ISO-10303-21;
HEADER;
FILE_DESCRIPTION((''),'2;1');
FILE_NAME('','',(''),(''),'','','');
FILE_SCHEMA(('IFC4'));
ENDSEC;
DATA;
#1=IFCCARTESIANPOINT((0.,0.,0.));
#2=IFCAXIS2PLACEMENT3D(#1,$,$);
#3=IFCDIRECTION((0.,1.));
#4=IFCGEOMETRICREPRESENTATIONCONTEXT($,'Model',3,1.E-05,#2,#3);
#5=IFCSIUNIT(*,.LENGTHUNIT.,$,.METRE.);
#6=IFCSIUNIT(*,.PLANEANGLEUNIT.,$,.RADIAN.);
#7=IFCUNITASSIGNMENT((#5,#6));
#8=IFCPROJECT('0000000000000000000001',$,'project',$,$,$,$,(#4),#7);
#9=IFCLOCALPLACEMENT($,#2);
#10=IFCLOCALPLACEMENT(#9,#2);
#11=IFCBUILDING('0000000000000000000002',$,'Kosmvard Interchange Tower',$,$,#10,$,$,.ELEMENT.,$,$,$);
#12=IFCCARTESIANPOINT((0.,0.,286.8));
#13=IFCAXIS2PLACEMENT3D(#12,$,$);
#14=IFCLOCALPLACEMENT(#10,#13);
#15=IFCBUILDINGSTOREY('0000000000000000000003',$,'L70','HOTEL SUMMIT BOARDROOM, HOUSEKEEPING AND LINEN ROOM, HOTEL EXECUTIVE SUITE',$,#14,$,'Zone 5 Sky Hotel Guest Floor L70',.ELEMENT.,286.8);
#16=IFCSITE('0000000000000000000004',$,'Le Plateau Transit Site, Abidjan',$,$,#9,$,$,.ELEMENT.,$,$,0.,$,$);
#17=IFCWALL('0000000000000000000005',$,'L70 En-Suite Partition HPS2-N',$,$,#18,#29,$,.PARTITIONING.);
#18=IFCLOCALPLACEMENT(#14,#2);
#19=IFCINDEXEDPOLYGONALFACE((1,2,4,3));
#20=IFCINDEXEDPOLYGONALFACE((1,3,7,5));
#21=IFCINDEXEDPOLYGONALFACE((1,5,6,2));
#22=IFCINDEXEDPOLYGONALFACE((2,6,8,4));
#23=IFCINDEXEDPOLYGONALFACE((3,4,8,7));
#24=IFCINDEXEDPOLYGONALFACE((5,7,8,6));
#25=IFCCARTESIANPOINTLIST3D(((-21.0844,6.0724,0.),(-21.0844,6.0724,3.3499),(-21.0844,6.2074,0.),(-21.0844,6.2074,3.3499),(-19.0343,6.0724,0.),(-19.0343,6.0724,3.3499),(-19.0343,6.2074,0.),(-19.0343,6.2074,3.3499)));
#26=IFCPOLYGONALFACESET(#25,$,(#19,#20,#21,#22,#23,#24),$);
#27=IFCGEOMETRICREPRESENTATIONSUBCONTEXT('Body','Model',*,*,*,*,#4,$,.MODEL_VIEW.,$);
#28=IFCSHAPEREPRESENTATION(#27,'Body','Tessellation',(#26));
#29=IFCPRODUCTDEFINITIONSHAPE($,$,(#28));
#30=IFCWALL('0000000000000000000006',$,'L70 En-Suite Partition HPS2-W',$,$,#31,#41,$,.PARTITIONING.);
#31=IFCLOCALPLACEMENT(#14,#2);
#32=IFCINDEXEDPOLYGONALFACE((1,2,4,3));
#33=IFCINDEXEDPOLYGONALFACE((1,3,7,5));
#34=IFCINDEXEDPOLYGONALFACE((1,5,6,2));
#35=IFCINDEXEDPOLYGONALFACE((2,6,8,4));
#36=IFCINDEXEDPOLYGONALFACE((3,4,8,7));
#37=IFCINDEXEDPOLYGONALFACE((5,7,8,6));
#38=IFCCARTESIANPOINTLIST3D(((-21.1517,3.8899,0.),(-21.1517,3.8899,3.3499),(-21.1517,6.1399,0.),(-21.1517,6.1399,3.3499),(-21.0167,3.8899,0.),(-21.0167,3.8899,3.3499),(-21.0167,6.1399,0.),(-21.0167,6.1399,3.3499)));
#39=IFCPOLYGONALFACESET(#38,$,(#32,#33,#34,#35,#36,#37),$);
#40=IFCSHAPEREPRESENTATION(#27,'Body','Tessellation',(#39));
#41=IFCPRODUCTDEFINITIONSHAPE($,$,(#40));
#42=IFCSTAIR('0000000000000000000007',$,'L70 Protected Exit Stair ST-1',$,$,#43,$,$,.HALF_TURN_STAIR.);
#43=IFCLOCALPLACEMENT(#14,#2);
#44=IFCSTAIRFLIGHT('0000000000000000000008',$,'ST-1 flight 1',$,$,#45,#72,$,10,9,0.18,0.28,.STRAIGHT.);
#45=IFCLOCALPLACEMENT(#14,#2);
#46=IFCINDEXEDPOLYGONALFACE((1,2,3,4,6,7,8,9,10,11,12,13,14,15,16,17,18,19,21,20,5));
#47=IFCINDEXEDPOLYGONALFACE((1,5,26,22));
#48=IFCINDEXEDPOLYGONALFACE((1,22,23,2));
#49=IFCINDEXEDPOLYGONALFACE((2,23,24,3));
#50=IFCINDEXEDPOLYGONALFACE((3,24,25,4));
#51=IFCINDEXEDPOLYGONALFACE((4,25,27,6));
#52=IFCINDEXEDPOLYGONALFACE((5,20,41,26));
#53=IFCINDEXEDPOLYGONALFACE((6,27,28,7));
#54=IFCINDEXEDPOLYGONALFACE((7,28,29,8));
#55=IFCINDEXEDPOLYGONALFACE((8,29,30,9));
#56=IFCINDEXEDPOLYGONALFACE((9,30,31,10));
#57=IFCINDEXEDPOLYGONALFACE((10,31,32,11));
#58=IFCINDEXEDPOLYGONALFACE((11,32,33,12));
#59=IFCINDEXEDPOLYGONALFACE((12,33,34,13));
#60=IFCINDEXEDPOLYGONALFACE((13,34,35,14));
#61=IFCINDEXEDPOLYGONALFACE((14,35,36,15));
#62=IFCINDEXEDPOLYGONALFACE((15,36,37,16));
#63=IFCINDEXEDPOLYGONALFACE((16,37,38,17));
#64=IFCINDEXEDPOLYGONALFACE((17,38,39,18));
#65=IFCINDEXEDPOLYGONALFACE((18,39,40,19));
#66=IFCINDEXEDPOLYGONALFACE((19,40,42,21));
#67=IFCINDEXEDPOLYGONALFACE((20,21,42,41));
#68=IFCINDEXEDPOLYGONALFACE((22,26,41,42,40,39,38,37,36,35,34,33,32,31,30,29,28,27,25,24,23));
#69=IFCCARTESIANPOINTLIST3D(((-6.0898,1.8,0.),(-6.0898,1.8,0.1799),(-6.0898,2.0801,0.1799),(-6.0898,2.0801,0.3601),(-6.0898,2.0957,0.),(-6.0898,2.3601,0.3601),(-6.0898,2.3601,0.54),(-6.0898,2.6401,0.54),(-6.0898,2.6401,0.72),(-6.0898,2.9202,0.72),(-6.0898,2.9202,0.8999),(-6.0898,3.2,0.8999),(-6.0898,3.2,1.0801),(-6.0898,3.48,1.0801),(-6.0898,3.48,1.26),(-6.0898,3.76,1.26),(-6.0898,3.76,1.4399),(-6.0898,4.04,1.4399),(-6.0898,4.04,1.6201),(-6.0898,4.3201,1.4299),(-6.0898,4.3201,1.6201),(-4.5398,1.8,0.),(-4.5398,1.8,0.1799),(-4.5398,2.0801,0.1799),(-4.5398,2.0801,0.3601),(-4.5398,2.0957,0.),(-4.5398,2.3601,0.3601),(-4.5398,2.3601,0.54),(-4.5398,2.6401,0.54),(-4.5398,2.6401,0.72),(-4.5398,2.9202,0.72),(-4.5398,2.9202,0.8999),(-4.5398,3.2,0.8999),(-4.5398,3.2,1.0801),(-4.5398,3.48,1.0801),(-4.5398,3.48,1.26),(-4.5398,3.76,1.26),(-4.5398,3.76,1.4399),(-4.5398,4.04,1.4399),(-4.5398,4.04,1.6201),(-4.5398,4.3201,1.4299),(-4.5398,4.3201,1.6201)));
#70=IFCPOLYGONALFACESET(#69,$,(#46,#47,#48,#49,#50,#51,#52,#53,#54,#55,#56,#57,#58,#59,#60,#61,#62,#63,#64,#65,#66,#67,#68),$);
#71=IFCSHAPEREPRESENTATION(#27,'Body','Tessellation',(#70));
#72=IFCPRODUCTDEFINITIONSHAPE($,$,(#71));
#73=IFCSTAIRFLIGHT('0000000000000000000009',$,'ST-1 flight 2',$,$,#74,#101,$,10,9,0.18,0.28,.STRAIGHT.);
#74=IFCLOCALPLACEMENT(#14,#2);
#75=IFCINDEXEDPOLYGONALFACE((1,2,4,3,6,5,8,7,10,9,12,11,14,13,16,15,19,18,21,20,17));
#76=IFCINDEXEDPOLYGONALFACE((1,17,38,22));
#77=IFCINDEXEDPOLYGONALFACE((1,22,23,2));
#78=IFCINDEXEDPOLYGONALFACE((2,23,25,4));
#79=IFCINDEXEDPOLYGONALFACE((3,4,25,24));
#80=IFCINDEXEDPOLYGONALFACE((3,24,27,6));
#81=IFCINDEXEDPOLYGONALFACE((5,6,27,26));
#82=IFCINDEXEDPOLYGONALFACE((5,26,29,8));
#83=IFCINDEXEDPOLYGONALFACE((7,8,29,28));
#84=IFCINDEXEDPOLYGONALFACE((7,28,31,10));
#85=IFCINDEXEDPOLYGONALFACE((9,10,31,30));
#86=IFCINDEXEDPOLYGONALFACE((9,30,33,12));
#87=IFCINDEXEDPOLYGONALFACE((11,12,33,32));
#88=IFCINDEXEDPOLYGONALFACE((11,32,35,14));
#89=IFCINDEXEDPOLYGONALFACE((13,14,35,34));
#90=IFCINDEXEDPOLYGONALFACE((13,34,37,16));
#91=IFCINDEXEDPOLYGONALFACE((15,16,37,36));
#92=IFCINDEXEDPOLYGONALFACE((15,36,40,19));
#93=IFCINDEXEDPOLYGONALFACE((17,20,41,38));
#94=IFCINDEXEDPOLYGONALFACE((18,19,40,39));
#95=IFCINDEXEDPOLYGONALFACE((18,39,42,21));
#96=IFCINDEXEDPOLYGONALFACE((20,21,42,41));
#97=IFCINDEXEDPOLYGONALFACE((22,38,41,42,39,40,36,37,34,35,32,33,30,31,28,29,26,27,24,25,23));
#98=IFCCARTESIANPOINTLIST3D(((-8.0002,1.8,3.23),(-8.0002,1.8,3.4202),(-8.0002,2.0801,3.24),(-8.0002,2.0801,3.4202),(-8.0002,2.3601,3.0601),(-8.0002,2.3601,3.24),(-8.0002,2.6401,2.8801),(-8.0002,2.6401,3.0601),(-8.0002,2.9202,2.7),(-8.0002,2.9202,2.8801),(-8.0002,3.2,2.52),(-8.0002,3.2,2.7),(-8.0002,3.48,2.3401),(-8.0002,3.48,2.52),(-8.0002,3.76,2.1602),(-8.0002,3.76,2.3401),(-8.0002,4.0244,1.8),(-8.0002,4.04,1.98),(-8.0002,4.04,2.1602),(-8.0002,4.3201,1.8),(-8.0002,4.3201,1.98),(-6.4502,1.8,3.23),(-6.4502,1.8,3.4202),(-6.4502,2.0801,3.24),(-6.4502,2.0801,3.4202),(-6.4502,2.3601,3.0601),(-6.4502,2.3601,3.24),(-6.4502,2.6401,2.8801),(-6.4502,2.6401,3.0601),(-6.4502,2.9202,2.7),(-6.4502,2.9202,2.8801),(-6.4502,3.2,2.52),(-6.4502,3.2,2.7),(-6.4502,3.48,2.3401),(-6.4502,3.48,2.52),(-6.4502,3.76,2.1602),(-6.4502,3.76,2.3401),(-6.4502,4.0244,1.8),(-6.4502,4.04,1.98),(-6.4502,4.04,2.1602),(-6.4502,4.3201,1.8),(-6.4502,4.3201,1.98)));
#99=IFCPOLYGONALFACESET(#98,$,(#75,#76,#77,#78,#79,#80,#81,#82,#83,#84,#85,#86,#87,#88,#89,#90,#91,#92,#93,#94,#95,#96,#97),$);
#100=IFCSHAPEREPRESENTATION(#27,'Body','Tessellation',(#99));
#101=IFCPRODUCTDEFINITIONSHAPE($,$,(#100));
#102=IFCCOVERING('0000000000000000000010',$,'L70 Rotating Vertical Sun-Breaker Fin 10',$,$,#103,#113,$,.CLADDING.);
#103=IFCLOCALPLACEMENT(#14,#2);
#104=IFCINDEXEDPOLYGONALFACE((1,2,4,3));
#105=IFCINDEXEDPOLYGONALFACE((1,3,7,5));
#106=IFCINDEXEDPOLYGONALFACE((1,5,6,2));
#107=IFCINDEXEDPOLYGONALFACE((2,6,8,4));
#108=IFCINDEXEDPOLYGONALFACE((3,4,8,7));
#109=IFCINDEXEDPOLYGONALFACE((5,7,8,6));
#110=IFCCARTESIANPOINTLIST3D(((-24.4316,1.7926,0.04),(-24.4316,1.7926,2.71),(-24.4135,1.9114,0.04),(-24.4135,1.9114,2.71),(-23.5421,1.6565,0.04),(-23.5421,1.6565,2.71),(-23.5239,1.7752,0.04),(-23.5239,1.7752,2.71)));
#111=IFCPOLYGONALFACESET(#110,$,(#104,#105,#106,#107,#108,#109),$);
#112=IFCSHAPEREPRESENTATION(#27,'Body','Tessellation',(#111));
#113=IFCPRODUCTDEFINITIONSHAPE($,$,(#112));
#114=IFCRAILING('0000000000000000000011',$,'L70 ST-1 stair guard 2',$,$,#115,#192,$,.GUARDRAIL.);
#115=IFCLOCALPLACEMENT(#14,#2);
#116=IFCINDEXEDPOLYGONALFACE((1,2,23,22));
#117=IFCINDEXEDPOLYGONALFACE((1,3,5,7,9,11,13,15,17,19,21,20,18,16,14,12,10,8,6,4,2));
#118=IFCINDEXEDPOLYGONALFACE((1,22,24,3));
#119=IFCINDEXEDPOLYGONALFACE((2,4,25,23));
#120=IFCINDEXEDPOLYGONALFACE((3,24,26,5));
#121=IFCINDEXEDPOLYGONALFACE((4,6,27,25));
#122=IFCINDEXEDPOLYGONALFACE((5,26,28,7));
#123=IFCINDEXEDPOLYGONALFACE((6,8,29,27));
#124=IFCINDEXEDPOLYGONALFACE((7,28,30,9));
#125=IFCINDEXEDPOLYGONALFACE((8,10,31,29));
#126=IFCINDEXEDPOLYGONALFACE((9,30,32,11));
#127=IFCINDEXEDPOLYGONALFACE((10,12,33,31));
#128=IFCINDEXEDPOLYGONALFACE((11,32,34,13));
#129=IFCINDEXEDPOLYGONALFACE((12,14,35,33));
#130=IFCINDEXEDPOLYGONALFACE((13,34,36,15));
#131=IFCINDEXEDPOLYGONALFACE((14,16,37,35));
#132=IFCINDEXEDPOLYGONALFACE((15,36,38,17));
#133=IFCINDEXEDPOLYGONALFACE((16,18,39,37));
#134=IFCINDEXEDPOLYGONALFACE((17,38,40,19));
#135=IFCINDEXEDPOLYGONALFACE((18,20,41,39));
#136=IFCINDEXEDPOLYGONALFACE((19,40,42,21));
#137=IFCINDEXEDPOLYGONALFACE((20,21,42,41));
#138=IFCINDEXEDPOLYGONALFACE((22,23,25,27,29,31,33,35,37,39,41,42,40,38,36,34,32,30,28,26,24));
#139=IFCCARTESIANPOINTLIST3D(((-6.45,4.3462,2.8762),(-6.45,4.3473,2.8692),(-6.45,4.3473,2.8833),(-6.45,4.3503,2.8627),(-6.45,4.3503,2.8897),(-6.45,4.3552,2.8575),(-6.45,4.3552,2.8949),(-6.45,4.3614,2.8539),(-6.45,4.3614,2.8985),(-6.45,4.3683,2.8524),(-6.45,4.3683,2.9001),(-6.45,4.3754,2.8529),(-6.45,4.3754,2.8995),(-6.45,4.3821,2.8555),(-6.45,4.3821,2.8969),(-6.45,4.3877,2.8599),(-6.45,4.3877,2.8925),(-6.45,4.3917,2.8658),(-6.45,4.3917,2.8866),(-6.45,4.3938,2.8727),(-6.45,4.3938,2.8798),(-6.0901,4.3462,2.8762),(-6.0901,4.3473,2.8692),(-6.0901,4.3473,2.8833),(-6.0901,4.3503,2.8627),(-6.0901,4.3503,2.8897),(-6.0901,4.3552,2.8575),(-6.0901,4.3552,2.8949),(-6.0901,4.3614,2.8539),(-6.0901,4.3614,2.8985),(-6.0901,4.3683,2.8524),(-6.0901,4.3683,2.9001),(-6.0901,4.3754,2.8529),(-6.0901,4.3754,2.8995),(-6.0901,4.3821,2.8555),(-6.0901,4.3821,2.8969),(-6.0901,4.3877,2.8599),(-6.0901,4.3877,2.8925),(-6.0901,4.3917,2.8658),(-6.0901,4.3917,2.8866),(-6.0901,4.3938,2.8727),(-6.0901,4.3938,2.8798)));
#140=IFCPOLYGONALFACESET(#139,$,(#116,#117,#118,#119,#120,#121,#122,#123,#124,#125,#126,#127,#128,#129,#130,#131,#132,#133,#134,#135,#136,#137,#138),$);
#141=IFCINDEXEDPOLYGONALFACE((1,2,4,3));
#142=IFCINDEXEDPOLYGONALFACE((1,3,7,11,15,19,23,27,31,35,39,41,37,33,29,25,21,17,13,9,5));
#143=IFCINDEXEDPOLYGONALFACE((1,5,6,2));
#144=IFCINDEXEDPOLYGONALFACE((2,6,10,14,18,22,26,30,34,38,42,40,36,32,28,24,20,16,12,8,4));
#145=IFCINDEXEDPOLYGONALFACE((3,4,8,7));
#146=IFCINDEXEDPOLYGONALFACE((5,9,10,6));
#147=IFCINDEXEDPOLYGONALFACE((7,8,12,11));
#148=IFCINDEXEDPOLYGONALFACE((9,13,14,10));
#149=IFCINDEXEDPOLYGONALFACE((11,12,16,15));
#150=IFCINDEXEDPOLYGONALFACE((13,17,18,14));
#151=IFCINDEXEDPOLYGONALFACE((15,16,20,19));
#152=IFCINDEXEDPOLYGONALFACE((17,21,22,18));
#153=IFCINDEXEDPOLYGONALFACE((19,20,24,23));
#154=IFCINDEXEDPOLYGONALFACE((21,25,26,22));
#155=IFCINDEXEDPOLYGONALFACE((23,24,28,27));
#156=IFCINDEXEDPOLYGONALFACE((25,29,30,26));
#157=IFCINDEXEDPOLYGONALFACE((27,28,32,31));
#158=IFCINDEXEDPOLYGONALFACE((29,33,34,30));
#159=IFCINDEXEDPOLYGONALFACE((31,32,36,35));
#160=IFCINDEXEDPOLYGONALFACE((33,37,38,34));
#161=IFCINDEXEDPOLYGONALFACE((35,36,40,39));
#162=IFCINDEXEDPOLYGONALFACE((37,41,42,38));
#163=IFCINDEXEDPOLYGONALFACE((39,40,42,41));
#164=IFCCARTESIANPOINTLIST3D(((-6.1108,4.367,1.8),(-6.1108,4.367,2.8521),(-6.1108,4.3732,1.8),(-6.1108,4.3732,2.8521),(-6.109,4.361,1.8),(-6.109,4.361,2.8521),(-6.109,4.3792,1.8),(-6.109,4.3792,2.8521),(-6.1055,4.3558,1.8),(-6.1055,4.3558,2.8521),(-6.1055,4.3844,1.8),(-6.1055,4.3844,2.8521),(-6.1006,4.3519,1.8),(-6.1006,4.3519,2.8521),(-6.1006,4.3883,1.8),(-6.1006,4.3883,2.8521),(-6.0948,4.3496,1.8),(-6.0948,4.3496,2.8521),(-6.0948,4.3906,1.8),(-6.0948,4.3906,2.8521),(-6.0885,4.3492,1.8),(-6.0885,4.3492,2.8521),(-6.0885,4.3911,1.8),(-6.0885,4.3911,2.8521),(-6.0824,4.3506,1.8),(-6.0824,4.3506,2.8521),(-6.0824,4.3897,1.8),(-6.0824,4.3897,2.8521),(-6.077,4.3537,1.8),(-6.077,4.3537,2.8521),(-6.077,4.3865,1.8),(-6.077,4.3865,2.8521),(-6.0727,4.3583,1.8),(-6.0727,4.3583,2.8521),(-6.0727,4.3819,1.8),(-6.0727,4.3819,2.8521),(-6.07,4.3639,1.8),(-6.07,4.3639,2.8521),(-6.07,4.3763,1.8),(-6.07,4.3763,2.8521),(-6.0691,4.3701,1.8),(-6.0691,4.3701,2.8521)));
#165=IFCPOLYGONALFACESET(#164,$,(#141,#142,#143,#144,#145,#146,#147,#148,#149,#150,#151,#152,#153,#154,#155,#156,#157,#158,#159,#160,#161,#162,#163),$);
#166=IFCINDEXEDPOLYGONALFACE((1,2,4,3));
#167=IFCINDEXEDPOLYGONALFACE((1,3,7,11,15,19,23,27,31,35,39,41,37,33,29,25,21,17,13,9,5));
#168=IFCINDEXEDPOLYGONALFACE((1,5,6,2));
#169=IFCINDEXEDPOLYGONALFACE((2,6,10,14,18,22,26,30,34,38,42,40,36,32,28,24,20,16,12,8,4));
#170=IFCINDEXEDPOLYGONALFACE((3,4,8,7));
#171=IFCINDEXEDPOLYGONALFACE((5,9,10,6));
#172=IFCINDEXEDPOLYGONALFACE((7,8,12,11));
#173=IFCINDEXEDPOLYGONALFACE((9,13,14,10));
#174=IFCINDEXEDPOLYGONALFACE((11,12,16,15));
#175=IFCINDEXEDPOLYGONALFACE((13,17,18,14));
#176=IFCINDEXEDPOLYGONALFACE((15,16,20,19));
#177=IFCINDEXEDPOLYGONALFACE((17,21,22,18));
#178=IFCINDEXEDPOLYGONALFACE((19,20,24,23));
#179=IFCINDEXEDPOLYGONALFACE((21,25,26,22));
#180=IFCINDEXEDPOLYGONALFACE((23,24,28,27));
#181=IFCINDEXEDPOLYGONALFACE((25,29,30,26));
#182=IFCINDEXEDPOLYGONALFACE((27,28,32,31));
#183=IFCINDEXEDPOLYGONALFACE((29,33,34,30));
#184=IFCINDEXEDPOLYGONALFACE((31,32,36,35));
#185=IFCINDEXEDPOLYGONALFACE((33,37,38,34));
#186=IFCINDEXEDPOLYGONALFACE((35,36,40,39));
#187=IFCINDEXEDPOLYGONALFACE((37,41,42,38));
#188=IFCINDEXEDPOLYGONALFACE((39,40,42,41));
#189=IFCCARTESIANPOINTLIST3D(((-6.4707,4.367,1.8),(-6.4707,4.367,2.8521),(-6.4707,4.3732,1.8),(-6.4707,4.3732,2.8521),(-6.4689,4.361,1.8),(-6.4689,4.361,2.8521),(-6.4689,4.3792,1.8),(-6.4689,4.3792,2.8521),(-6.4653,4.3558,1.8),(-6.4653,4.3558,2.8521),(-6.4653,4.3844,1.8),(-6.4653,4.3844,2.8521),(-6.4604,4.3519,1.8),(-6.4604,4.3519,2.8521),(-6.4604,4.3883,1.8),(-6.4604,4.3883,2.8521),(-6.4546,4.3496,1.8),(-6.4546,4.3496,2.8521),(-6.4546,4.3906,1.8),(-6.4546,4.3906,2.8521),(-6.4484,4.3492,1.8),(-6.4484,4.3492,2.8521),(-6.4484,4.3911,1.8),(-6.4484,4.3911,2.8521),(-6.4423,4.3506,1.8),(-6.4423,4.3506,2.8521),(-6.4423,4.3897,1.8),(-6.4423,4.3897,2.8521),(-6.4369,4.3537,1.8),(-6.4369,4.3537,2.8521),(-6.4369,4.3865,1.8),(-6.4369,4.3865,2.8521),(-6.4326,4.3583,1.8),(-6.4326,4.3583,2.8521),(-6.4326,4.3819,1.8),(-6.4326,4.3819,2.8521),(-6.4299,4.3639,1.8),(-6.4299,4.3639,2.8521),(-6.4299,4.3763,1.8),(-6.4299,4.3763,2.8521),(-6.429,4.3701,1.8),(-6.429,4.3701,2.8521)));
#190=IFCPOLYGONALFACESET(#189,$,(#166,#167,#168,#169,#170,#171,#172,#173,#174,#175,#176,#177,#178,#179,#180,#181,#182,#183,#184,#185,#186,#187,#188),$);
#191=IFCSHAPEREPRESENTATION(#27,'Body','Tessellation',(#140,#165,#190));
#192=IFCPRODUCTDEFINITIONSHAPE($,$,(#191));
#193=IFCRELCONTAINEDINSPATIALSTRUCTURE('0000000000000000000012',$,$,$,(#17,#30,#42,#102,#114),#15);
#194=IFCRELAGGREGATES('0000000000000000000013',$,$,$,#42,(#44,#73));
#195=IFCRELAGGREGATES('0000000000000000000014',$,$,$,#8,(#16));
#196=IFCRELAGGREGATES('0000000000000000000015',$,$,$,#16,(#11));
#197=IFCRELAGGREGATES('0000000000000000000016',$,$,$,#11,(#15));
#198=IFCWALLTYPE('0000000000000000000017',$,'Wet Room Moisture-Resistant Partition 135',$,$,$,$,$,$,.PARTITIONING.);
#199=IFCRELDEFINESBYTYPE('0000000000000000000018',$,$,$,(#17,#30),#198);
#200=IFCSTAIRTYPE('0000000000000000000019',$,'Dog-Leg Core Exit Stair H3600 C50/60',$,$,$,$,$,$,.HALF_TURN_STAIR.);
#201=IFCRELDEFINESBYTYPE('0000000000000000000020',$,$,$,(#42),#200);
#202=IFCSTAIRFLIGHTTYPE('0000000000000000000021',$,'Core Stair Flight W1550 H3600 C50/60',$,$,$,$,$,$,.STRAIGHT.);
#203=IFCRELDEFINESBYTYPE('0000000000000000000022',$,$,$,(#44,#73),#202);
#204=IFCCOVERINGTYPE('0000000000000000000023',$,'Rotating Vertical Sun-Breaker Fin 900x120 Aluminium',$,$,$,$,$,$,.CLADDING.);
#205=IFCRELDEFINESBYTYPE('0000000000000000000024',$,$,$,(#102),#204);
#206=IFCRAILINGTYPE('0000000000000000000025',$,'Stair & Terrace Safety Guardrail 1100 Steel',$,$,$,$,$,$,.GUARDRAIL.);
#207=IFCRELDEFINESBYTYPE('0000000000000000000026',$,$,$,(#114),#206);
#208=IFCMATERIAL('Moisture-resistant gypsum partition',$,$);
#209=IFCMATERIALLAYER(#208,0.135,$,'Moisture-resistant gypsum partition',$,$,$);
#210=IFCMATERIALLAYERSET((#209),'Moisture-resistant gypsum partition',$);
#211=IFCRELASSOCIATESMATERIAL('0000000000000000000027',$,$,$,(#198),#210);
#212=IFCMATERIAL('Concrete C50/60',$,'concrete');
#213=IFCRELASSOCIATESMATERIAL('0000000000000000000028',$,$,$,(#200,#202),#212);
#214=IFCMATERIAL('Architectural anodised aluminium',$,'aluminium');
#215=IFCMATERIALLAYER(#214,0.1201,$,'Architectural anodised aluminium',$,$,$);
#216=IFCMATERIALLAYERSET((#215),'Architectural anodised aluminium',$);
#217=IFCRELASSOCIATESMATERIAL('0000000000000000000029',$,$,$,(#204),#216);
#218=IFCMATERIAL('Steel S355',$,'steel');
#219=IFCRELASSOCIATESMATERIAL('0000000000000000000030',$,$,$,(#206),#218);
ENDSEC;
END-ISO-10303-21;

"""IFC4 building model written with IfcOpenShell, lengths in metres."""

from ifc_helpers import new_model, si_unit, direction, frame, frame_2d, origin, origin_2d, place, context, subcontext, project, spatial, polyline, rectangle, circle, outline, extrude, source, transform, mapped, material, layer, layer_set, type_object, element, aggregate, save


model = new_model("IFC4")

# Units and contexts
model_context = context("Model", 3, precision=1e-05, world=origin(), true_north=direction((0.0, 1.0)))
body_context = subcontext(model_context, "Body", "Model", "MODEL_VIEW")
ifc_project = project(units=[si_unit("LENGTHUNIT", "METRE"), si_unit("PLANEANGLEUNIT", "RADIAN")], contexts=[model_context])

# Site, building, storey
site_placement = place(None, origin())
site = spatial("IfcSite", under=ifc_project, at=site_placement, Name="Le Plateau Transit Site, Abidjan", CompositionType="ELEMENT", RefElevation=0.0)
building_placement = place(site_placement, origin())
building = spatial("IfcBuilding", under=site, at=building_placement, Name="Kosmvard Interchange Tower", CompositionType="ELEMENT")
storey_placement = place(building_placement, frame((0.0, 0.0, 286.8)))
storey = spatial("IfcBuildingStorey", under=building, at=storey_placement, Name="L70", Description="HOTEL SUMMIT BOARDROOM, HOUSEKEEPING AND LINEN ROOM, HOTEL EXECUTIVE SUITE", LongName="Zone 5 Sky Hotel Guest Floor L70", CompositionType="ELEMENT", Elevation=286.8)

# Shared definitions
ifc_material_1 = material(Name="Concrete C50/60", Category="concrete")

# Shared definitions
ifc_material_2 = material(Name="Steel S355", Category="steel")

# Shared definitions
ifc_material_3 = material(Name="Moisture-resistant gypsum partition")
ifc_layer_1 = layer(ifc_material_3, 0.135, Name="Moisture-resistant gypsum partition")
ifc_layer_set_1 = layer_set([ifc_layer_1], Name="Moisture-resistant gypsum partition")
wall_type_1 = type_object("IfcWallType", Name="Wet Room Moisture-Resistant Partition 135", PredefinedType="PARTITIONING", material=ifc_layer_set_1)

# Walls
wall_1_placement = place(storey_placement, frame((-21.0842, 6.1399, 0.0), z_axis=(0.0, 0.0, 1.0), x_axis=(1.0, 0.0, 0.0)))
element("IfcWall", 1, at=wall_1_placement, inside=storey, type_object=wall_type_1, Name="L70 En-Suite Partition HPS2-N", PredefinedType="PARTITIONING", context=body_context, shape_type="SweptSolid", body=[
    extrude(rectangle(XDim=2.05, YDim=0.135, at=frame_2d((1.0249, 0.0))), origin(), (0.0, 0.0, 1.0), 3.3499),
])
wall_2_placement = place(storey_placement, frame((-21.0842, 3.8899, 0.0), z_axis=(0.0, 0.0, 1.0), x_axis=(0.0, 1.0, 0.0)))
element("IfcWall", 2, at=wall_2_placement, inside=storey, type_object=wall_type_1, Name="L70 En-Suite Partition HPS2-W", PredefinedType="PARTITIONING", context=body_context, shape_type="SweptSolid", body=[
    extrude(rectangle(XDim=2.25, YDim=0.135, at=frame_2d((1.125, 0.0))), origin(), (0.0, 0.0, 1.0), 3.3499),
])

# Stair, stair flights
stair_type = type_object("IfcStairType", Name="Dog-Leg Core Exit Stair H3600 C50/60", PredefinedType="HALF_TURN_STAIR", material=ifc_material_1)
stair_placement = place(storey_placement, origin())
stair = element("IfcStair", 3, at=stair_placement, inside=storey, type_object=stair_type, Name="L70 Protected Exit Stair ST-1", PredefinedType="HALF_TURN_STAIR")
stair_flight_type = type_object("IfcStairFlightType", Name="Core Stair Flight W1550 H3600 C50/60", PredefinedType="STRAIGHT", material=ifc_material_1)
shared_shape_1 = source(origin(), body_context, "Body", "SweptSolid", [
    extrude(outline(polyline([(0.0, 0.0), (0.0, 0.1799), (0.28, 0.1799), (0.28, 0.3601), (0.5601, 0.3601), (0.5601, 0.54), (0.8401, 0.54), (0.8401, 0.72), (1.1201, 0.72), (1.1201, 0.8999), (1.3999, 0.8999), (1.3999, 1.0801), (1.6799, 1.0801), (1.6799, 1.26), (1.96, 1.26), (1.96, 1.4399), (2.24, 1.4399), (2.24, 1.6201), (2.52, 1.6201), (2.52, 1.8), (2.52, 1.4299), (0.2957, 0.0), (0.0, 0.0)])), frame((0.0, 0.7749, 0.0), z_axis=(0.0, -1.0, 0.0), x_axis=(1.0, 0.0, 0.0)), (0.0, 0.0, 1.0), 1.55),
])
stair_flight_1_placement = place(storey_placement, frame((-5.3149, 1.8, 0.0), z_axis=(0.0, 0.0, 1.0), x_axis=(0.0, 1.0, 0.0)))
stair_flight_1 = element("IfcStairFlight", 4, at=stair_flight_1_placement, type_object=stair_flight_type, Name="ST-1 flight 1", NumberOfRisers=10, NumberOfTreads=9, PredefinedType="STRAIGHT", RiserHeight=0.18, TreadLength=0.28, context=body_context, shape_type="MappedRepresentation", body=[
    mapped(shared_shape_1, transform((0.0, 0.0, 0.0), scale=1.0)),
])
stair_flight_2_placement = place(storey_placement, frame((-7.2251, 4.3201, 1.8), z_axis=(0.0, 0.0, 1.0), x_axis=(0.0, -1.0, 0.0)))
stair_flight_2 = element("IfcStairFlight", 5, at=stair_flight_2_placement, type_object=stair_flight_type, Name="ST-1 flight 2", NumberOfRisers=10, NumberOfTreads=9, PredefinedType="STRAIGHT", RiserHeight=0.18, TreadLength=0.28, context=body_context, shape_type="MappedRepresentation", body=[
    mapped(shared_shape_1, transform((0.0, 0.0, 0.0), scale=1.0)),
])
aggregate(stair, [stair_flight_1, stair_flight_2])

# Covering
ifc_material_4 = material(Name="Architectural anodised aluminium", Category="aluminium")
ifc_layer_2 = layer(ifc_material_4, 0.1201, Name="Architectural anodised aluminium")
ifc_layer_set_2 = layer_set([ifc_layer_2], Name="Architectural anodised aluminium")
covering_type = type_object("IfcCoveringType", Name="Rotating Vertical Sun-Breaker Fin 900x120 Aluminium", PredefinedType="CLADDING", material=ifc_layer_set_2)
shared_shape_2 = source(origin(), body_context, "Body", "SweptSolid", [
    extrude(rectangle(XDim=0.8999, YDim=0.1201, at=origin_2d()), origin(), (0.0, 0.0, 1.0), 2.6699),
])
covering_placement = place(storey_placement, frame((-23.9778, 1.7839, 0.04), z_axis=(0.0, 0.0, 1.0), x_axis=(-0.988494, 0.151261, 0.0)))
element("IfcCovering", 6, at=covering_placement, inside=storey, type_object=covering_type, Name="L70 Rotating Vertical Sun-Breaker Fin 10", PredefinedType="CLADDING", context=body_context, shape_type="MappedRepresentation", body=[
    mapped(shared_shape_2, transform((0.0, 0.0, 0.0), scale=1.0)),
])

# Railing
railing_type_1 = type_object("IfcRailingType", Name="Stair & Terrace Safety Guardrail 1100 Steel", PredefinedType="GUARDRAIL", material=ifc_material_2)
shared_shape_3 = source(origin(), body_context, "Body", "SweptSolid", [
    extrude(circle(Radius=0.0239, at=origin_2d()), frame((0.0, 0.0, 1.0762), z_axis=(-1.0, 0.0, 0.0), x_axis=(0.0, -1.0, 0.0)), (0.0, 0.0, 1.0), 0.3599),
    extrude(circle(Radius=0.021, at=origin_2d()), origin(), (0.0, 0.0, 1.0), 1.052),
    extrude(circle(Radius=0.021, at=origin_2d()), frame((-0.3599, 0.0, 0.0)), (0.0, 0.0, 1.0), 1.052),
])
railing_1_placement = place(storey_placement, frame((-6.0901, 4.3701, 1.8)))
element("IfcRailing", 7, at=railing_1_placement, inside=storey, type_object=railing_type_1, Name="L70 ST-1 stair guard 2", PredefinedType="GUARDRAIL", context=body_context, shape_type="MappedRepresentation", body=[
    mapped(shared_shape_3, transform((0.0, 0.0, 0.0), scale=1.0)),
])

save(model, "model.ifc")
